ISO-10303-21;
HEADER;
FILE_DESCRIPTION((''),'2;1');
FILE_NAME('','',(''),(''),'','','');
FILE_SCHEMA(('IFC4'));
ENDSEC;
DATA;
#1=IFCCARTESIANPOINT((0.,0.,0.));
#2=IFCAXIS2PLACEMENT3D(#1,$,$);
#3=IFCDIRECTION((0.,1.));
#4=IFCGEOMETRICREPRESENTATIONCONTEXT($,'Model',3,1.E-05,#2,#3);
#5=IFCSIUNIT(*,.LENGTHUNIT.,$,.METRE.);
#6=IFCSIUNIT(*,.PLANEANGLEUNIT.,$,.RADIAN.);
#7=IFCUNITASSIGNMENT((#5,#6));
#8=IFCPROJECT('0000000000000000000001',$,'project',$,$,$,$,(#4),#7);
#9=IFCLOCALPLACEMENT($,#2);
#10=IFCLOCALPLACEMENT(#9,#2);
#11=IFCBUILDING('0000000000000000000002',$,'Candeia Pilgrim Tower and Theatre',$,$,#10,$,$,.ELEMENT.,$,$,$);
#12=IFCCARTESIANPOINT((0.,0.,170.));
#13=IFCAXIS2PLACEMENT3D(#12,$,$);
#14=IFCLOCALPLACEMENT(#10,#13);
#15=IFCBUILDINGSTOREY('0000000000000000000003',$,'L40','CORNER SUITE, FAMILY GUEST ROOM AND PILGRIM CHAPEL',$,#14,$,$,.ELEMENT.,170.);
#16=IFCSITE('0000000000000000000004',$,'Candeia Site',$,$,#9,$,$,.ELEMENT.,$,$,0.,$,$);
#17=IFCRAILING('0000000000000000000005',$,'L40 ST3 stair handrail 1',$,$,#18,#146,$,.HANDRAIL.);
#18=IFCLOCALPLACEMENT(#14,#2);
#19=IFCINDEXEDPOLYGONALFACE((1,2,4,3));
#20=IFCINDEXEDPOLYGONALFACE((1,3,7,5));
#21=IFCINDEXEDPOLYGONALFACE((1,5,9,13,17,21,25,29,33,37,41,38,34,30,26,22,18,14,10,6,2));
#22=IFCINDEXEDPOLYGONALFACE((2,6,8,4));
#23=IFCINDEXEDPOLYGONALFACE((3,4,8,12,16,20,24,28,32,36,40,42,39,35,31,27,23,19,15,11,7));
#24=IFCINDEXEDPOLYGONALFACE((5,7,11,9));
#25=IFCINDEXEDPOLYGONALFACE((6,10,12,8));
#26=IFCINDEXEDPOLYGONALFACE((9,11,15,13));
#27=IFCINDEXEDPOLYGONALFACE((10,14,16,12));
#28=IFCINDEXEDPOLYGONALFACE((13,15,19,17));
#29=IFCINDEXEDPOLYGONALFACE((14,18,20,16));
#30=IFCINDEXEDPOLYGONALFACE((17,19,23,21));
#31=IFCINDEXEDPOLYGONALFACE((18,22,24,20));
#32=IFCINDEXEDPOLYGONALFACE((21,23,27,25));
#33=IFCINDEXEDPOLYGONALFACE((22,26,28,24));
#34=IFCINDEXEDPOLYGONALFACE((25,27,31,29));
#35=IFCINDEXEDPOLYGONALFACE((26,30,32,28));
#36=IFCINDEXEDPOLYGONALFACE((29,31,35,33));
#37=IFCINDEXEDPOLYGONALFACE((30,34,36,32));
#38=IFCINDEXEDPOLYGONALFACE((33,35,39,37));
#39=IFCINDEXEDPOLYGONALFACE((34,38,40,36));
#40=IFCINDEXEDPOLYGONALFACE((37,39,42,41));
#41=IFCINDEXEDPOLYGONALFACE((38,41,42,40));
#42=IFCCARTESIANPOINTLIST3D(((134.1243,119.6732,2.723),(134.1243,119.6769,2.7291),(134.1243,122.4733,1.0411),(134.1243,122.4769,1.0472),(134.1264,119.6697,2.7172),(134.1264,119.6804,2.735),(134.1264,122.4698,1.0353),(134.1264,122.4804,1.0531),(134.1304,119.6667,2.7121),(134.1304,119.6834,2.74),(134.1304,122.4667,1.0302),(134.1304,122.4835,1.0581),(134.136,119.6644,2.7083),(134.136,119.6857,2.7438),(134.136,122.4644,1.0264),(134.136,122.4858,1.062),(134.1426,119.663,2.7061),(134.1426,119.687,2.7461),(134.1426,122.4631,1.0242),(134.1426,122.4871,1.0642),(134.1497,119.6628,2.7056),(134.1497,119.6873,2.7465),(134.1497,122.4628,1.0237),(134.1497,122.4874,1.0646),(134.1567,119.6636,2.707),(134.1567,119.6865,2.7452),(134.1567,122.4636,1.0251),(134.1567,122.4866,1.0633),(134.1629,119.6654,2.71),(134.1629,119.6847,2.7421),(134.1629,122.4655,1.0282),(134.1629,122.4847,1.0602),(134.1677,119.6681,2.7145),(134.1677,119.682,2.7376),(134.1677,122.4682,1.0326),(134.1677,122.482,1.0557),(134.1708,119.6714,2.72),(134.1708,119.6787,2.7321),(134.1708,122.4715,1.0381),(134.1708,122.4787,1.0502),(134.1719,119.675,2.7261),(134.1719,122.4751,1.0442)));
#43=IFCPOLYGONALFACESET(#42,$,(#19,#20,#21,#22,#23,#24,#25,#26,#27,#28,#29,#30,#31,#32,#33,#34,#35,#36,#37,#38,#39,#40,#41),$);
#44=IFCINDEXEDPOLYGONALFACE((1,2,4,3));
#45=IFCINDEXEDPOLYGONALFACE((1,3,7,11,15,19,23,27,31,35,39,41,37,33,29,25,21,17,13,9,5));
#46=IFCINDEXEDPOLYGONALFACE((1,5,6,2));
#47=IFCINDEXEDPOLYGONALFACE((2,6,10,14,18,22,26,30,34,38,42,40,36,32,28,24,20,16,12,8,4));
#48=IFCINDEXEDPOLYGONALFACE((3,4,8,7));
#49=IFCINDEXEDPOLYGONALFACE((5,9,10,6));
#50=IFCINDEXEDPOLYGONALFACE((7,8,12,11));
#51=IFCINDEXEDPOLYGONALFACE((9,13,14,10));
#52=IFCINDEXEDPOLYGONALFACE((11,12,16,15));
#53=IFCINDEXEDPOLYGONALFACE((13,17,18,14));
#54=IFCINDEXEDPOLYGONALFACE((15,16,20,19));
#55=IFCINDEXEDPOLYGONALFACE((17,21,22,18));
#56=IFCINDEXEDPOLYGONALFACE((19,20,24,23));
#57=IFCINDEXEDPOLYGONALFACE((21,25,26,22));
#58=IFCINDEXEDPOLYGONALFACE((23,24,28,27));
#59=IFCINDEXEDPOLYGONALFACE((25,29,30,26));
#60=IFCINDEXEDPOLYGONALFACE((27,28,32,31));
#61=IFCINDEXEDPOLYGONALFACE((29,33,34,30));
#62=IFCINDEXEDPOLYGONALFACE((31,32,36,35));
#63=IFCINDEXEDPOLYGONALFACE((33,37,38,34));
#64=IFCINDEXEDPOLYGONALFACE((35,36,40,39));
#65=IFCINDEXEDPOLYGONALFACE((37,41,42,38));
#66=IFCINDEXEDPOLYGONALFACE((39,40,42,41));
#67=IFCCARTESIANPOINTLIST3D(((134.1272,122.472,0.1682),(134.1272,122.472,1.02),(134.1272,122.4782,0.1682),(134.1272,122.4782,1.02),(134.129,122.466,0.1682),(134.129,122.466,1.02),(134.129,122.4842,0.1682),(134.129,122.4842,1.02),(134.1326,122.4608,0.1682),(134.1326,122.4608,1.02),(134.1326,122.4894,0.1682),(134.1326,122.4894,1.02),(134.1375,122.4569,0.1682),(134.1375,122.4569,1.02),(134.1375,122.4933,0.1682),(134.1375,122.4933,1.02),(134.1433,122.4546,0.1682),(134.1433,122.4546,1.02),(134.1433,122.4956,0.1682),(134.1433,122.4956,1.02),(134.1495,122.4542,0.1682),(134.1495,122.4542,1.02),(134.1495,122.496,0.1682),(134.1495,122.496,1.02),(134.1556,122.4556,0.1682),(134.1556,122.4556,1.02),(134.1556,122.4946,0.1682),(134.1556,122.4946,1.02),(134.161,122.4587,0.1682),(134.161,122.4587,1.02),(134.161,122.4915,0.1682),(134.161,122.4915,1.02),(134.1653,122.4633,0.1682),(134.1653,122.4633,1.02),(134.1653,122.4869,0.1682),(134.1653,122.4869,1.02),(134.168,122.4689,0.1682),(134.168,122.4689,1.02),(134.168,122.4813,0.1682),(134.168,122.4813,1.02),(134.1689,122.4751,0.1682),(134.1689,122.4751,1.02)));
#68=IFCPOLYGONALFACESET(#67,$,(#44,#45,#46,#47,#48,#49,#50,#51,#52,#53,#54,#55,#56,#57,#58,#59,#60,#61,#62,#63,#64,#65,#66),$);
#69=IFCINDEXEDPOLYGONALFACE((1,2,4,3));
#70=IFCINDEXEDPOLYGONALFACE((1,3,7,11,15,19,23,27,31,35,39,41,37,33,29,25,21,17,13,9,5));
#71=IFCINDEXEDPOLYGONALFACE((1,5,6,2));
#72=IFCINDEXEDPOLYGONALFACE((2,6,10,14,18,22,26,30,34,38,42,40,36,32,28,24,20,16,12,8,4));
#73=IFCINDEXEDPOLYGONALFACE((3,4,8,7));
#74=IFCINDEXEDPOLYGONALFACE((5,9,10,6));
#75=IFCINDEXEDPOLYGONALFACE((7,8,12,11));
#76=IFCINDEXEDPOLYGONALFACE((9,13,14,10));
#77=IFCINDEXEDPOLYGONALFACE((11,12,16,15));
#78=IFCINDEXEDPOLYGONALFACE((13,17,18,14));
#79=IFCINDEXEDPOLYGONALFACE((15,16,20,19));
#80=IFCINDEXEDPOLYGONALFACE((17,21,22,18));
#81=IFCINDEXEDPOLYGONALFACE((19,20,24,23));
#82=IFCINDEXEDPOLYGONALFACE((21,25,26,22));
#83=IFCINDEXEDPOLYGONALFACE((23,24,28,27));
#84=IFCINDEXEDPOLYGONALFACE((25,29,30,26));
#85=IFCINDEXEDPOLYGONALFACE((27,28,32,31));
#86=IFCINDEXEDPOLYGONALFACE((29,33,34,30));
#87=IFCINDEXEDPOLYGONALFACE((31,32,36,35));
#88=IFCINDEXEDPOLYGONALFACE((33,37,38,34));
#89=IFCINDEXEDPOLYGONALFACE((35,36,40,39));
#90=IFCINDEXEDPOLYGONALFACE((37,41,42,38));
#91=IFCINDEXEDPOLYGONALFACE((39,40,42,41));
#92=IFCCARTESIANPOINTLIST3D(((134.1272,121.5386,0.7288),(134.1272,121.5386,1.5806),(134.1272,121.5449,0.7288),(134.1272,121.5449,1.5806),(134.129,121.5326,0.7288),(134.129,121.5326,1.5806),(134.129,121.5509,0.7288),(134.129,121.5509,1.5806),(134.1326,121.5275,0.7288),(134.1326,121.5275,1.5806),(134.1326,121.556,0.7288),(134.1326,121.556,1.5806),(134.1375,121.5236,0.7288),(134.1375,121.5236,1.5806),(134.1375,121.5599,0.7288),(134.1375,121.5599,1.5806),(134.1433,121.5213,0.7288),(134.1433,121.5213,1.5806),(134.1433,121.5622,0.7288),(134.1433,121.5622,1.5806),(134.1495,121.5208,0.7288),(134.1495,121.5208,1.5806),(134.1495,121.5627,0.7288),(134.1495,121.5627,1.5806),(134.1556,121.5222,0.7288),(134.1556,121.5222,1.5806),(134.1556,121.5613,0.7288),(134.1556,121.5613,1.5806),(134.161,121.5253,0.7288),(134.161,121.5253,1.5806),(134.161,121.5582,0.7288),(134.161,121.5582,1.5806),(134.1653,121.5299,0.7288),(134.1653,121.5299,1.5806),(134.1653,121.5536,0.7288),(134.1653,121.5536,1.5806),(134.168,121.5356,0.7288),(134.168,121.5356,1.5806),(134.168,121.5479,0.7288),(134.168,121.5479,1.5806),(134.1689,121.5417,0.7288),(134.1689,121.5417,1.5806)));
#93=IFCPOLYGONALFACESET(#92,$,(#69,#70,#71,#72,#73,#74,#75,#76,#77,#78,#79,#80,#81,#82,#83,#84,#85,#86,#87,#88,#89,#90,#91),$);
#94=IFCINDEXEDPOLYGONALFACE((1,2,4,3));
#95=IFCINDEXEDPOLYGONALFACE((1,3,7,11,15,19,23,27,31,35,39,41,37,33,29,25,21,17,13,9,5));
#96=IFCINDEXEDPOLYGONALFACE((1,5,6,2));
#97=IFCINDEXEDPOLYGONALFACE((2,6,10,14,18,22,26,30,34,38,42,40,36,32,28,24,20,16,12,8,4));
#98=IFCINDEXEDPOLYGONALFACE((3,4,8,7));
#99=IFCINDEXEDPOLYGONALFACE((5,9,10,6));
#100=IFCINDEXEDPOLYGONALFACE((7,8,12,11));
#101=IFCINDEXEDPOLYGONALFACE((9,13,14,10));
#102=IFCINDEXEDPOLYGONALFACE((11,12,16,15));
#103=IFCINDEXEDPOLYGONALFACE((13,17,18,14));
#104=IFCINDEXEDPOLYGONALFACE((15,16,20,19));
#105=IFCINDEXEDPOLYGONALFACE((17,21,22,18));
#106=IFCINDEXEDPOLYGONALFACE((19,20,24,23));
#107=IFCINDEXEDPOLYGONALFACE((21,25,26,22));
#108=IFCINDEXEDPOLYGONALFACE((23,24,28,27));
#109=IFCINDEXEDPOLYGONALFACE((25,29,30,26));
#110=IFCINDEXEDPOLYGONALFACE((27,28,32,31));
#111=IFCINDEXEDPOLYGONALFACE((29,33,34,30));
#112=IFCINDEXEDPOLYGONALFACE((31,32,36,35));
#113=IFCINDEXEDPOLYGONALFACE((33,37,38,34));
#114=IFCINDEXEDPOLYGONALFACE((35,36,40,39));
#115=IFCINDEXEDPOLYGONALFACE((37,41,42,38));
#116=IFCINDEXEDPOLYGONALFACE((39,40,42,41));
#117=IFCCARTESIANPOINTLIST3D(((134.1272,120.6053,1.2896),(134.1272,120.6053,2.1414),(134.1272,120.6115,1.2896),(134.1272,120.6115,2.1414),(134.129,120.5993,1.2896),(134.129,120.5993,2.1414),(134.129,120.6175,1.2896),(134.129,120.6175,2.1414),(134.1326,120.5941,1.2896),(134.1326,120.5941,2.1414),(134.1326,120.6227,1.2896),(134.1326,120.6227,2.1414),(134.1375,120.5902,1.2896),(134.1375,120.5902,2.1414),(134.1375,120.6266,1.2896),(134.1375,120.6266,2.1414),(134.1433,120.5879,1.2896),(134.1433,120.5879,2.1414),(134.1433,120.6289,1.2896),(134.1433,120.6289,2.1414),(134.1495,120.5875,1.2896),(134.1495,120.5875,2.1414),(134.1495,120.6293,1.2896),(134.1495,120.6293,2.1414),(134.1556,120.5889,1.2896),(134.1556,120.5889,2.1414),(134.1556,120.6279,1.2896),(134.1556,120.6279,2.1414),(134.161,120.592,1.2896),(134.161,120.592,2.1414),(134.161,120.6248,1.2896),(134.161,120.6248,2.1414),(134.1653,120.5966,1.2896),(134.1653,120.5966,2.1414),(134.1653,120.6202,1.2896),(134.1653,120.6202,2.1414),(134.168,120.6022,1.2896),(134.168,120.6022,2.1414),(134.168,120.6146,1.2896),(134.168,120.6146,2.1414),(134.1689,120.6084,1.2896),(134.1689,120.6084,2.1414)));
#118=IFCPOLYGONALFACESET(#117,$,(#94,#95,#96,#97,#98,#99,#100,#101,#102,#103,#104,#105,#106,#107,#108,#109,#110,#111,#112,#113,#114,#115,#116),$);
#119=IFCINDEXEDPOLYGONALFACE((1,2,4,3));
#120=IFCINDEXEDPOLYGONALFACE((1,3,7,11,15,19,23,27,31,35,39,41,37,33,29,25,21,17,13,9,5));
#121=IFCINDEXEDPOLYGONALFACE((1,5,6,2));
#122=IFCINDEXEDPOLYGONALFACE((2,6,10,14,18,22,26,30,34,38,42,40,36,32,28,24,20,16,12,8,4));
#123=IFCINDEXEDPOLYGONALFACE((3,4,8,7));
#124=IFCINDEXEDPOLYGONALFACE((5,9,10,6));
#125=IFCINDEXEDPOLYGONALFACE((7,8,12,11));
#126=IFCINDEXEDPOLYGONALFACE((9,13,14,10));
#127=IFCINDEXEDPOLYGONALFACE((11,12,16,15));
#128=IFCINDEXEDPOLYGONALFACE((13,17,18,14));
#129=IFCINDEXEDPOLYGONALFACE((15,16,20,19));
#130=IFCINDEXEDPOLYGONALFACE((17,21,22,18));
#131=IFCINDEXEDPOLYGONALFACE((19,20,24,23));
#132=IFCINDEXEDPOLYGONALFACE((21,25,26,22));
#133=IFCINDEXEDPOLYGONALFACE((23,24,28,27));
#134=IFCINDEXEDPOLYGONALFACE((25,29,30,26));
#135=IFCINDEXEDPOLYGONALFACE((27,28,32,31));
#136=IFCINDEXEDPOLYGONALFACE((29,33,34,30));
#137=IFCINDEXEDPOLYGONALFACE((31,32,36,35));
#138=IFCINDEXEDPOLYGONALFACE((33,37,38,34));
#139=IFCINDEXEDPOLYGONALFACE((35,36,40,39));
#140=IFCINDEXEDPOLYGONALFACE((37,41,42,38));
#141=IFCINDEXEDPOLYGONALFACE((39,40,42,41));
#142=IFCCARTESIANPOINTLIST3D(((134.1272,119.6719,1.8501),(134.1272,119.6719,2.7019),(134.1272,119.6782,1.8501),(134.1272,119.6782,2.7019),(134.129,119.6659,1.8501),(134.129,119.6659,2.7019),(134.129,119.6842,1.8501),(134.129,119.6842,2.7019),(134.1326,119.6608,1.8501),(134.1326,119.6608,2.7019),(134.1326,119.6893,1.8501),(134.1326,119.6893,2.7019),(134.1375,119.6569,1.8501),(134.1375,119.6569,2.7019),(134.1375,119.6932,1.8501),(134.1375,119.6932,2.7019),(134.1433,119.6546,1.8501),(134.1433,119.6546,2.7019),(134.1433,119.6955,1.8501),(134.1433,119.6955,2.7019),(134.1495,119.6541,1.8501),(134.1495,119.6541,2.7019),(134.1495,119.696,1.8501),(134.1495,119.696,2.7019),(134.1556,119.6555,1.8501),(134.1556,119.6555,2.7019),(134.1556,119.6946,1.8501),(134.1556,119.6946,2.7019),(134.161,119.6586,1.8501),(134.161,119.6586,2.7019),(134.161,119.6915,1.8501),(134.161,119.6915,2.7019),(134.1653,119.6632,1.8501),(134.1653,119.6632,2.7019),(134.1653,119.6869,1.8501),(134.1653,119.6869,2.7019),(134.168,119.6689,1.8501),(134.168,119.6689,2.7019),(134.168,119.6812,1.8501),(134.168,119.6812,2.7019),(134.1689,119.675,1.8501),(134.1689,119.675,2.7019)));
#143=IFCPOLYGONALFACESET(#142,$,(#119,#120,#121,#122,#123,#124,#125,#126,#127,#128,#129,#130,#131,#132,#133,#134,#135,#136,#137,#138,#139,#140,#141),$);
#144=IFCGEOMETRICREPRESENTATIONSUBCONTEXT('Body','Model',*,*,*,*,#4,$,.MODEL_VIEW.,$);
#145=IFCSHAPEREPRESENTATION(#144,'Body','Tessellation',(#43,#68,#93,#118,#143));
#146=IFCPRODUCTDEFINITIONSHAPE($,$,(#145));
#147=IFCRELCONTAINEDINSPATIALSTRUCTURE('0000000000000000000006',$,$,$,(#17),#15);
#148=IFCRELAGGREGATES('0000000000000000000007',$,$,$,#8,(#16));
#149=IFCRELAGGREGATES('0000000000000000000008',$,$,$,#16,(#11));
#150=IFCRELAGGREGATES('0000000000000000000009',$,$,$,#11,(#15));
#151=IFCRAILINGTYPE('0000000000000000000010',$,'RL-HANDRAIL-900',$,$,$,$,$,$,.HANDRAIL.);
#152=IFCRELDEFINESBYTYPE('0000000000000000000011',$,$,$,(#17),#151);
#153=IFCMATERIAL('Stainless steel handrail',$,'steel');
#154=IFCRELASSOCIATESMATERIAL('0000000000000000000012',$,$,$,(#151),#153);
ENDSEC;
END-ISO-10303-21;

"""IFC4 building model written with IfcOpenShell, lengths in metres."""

from ifc_helpers import new_model, si_unit, direction, frame, origin, origin_2d, place, context, subcontext, project, spatial, circle, extrude, material, type_object, element, save


model = new_model("IFC4")

# Units and contexts
model_context = context("Model", 3, precision=1e-05, world=origin(), true_north=direction((0.0, 1.0)))
body_context = subcontext(model_context, "Body", "Model", "MODEL_VIEW")
ifc_project = project(units=[si_unit("LENGTHUNIT", "METRE"), si_unit("PLANEANGLEUNIT", "RADIAN")], contexts=[model_context])

# Site, building, storey
site_placement = place(None, origin())
site = spatial("IfcSite", under=ifc_project, at=site_placement, Name="Candeia Site", CompositionType="ELEMENT", RefElevation=0.0)
building_placement = place(site_placement, origin())
building = spatial("IfcBuilding", under=site, at=building_placement, Name="Candeia Pilgrim Tower and Theatre", CompositionType="ELEMENT")
storey_placement = place(building_placement, frame((0.0, 0.0, 170.0)))
storey = spatial("IfcBuildingStorey", under=building, at=storey_placement, Name="L40", Description="CORNER SUITE, FAMILY GUEST ROOM AND PILGRIM CHAPEL", CompositionType="ELEMENT", Elevation=170.0)

# Railing
ifc_material_1 = material(Name="Stainless steel handrail", Category="steel")
railing_type_1 = type_object("IfcRailingType", Name="RL-HANDRAIL-900", PredefinedType="HANDRAIL", material=ifc_material_1)
railing_1_placement = place(storey_placement, frame((134.1479, 122.4751, 0.1682)))
element("IfcRailing", 1, at=railing_1_placement, inside=storey, type_object=railing_type_1, Name="L40 ST3 stair handrail 1", PredefinedType="HANDRAIL", context=body_context, shape_type="SweptSolid", body=[
    extrude(circle(Radius=0.0239, at=origin_2d()), frame((0.0, 0.0, 0.876), z_axis=(0.0, -0.857242, 0.514913), x_axis=(1.0, 0.0, 0.0)), (0.0, 0.0, 1.0), 3.2664),
    extrude(circle(Radius=0.021, at=origin_2d()), origin(), (0.0, 0.0, 1.0), 0.8518),
    extrude(circle(Radius=0.021, at=origin_2d()), frame((0.0, -0.9333, 0.5605)), (0.0, 0.0, 1.0), 0.8518),
    extrude(circle(Radius=0.021, at=origin_2d()), frame((0.0, -1.8667, 1.1213)), (0.0, 0.0, 1.0), 0.8518),
    extrude(circle(Radius=0.021, at=origin_2d()), frame((0.0, -2.8, 1.6819)), (0.0, 0.0, 1.0), 0.8518),
])

save(model, "model.ifc")
